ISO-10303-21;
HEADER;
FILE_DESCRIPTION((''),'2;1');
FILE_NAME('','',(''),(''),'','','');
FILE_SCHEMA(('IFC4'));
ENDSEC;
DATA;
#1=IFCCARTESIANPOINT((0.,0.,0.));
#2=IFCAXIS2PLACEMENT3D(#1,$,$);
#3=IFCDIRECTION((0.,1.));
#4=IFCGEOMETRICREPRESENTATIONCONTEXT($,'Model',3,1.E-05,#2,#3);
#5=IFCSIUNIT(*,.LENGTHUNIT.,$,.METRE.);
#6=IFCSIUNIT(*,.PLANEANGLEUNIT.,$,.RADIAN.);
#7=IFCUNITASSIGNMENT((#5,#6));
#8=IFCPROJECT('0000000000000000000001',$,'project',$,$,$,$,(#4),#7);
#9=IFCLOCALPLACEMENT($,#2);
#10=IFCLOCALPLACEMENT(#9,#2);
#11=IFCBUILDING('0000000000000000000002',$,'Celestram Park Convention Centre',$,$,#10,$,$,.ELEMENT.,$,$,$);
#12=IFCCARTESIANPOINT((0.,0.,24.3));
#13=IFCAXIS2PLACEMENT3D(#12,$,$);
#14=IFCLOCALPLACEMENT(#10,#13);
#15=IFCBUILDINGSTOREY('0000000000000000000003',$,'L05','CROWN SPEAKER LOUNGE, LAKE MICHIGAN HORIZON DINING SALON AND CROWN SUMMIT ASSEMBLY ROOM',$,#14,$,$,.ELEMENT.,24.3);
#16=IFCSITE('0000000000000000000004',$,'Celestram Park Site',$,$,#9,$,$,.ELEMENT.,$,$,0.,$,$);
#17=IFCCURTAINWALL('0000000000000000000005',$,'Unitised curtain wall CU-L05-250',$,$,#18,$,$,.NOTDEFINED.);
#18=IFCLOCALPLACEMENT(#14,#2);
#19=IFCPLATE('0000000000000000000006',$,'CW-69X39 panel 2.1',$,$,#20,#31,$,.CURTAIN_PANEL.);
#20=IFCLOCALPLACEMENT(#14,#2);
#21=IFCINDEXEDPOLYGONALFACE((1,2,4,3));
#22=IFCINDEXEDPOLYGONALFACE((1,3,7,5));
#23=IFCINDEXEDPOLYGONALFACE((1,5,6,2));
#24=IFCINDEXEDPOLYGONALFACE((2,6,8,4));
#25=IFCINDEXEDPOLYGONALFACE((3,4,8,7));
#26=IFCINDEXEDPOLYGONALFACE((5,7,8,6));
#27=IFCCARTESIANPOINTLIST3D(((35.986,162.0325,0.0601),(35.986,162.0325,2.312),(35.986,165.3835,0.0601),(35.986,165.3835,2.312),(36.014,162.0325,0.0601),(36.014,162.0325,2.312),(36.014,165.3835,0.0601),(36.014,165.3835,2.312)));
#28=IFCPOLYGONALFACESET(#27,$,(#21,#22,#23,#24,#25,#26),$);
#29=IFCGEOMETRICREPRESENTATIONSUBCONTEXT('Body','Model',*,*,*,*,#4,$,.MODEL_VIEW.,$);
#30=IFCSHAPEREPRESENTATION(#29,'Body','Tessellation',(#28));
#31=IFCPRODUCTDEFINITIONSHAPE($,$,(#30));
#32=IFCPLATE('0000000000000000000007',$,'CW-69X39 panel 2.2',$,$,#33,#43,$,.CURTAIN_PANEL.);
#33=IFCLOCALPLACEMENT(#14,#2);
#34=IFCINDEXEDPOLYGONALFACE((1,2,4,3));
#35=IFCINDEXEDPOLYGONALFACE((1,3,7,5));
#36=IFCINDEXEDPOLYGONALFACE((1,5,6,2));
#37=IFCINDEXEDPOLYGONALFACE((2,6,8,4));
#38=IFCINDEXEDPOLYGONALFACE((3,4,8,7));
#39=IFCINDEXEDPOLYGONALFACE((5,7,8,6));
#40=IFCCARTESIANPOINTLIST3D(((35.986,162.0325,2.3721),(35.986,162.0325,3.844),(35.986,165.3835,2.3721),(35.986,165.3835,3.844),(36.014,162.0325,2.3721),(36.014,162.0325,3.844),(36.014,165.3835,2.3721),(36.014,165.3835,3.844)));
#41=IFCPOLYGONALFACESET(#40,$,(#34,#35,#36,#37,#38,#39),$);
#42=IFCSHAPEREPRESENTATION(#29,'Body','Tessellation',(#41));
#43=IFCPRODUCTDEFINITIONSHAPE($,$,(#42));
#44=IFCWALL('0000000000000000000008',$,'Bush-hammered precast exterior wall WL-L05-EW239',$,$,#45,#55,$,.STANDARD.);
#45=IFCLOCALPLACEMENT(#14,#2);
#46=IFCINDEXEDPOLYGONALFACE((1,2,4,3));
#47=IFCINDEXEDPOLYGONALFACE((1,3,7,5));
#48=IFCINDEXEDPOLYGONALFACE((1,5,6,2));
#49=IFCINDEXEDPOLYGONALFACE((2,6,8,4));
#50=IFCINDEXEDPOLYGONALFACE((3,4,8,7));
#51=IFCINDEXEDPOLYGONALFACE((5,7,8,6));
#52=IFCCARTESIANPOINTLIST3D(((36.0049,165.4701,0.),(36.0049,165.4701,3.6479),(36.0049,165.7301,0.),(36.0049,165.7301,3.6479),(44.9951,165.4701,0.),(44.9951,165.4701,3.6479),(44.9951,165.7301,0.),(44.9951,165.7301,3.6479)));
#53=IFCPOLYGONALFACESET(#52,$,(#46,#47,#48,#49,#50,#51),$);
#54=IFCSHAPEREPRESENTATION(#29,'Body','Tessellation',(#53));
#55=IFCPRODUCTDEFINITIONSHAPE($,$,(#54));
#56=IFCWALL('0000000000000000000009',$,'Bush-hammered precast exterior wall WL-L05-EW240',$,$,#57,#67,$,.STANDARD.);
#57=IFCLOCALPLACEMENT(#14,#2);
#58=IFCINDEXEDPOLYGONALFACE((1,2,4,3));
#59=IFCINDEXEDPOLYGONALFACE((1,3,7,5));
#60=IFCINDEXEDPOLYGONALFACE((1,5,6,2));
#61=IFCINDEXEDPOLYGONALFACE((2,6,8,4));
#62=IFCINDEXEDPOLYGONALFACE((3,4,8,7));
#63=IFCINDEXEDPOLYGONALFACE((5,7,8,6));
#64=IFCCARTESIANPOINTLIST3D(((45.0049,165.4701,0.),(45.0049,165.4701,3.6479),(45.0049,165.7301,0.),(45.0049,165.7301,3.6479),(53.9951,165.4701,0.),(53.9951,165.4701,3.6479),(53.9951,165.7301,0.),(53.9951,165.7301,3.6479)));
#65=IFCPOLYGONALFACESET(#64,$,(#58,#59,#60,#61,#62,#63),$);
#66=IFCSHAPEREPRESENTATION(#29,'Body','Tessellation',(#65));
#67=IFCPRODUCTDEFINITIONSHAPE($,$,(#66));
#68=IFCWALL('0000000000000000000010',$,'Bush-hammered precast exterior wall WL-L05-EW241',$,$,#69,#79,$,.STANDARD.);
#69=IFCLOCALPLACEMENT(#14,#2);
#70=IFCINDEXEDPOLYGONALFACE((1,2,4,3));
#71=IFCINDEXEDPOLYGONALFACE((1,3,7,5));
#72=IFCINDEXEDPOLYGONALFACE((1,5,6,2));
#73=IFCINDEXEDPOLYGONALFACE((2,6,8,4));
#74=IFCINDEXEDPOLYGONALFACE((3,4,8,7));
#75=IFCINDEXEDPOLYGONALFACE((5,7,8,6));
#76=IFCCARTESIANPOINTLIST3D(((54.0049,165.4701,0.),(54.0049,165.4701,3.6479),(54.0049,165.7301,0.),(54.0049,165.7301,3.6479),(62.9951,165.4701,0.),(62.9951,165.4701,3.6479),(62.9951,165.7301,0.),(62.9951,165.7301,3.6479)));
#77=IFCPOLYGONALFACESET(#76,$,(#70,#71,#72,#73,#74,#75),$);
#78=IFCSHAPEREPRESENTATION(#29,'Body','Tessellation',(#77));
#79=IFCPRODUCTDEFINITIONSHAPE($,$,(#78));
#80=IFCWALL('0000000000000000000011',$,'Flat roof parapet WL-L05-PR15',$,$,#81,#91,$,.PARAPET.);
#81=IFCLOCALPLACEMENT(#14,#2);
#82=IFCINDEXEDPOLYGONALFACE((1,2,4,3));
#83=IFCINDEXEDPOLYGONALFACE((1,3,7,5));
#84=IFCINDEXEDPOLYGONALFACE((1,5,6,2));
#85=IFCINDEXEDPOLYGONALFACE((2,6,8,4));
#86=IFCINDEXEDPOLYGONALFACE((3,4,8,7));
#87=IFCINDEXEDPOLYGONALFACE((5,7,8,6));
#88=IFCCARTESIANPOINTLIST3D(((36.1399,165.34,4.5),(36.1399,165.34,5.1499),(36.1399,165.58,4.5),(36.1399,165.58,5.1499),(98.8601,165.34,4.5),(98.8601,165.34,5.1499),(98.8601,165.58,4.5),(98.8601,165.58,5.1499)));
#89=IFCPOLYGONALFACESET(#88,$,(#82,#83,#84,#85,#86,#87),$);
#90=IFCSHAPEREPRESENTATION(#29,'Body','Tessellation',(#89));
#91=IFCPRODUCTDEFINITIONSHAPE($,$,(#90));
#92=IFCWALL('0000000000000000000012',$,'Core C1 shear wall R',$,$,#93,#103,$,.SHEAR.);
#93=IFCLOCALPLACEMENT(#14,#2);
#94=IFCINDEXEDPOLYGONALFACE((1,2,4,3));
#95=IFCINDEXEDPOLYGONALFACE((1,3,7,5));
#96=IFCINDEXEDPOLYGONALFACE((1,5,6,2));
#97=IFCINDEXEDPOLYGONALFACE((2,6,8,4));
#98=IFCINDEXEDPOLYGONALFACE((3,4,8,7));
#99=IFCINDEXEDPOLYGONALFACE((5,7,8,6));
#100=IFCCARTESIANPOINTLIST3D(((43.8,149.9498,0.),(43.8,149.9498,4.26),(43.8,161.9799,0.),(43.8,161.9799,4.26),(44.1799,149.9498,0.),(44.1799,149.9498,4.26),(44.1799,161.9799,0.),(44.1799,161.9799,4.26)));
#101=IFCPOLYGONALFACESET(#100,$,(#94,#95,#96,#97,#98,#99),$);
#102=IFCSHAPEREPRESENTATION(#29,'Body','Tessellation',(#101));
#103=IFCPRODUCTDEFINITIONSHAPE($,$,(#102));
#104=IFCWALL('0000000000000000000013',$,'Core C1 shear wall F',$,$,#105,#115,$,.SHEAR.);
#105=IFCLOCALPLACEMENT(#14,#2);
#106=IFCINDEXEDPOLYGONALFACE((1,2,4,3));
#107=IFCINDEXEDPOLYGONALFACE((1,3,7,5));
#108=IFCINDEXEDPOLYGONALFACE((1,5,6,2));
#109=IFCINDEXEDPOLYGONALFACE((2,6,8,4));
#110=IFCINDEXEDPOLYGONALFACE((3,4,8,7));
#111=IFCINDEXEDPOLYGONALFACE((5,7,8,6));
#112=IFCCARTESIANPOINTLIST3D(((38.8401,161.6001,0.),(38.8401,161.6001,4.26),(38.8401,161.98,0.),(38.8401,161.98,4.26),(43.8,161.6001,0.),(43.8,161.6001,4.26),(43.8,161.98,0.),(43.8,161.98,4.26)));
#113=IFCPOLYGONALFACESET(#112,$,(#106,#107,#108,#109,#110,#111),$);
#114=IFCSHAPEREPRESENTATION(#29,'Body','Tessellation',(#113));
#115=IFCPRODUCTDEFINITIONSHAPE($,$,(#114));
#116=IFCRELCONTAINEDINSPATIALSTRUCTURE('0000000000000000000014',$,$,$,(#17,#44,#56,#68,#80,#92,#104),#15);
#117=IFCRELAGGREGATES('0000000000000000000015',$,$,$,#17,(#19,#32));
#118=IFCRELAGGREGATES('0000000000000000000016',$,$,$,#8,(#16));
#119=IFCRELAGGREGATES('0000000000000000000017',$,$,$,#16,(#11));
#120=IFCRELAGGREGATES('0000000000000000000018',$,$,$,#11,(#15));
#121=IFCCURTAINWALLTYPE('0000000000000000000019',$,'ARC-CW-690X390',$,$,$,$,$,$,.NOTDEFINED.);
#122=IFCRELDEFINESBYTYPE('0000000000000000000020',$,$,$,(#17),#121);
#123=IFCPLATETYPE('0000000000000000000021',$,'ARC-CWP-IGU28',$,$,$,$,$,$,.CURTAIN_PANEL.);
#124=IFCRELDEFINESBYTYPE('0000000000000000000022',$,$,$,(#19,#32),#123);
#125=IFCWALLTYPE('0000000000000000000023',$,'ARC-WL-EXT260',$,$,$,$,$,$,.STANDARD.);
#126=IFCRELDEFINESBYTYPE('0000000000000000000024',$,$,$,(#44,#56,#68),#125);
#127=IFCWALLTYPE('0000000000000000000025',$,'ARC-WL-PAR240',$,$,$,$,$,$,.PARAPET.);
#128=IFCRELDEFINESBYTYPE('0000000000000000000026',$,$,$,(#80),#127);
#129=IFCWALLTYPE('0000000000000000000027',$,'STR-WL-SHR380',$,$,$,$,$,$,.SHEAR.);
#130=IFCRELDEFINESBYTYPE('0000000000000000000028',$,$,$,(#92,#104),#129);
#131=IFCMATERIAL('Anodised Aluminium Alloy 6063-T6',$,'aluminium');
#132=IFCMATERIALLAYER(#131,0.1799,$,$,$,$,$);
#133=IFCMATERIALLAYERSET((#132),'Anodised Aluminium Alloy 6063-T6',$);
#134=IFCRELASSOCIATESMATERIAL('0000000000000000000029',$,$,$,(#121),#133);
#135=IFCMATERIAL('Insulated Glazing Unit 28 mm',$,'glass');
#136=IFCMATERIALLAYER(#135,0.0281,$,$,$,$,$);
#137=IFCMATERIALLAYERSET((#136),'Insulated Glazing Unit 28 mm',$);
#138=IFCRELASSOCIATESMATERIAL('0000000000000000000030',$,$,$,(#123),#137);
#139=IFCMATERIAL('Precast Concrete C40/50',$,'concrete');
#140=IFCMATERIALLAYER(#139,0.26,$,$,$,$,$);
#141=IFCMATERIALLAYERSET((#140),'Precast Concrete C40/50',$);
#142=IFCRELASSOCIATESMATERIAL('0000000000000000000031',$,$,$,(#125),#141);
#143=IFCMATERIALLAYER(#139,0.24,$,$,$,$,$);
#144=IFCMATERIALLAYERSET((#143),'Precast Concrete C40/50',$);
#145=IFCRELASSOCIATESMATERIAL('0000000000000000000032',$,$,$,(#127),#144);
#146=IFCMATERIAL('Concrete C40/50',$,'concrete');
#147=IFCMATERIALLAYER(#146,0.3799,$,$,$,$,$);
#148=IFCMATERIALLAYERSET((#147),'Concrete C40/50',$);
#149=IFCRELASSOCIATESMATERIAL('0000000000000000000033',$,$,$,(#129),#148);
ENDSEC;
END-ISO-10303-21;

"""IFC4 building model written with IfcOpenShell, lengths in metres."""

from ifc_helpers import new_model, si_unit, direction, frame, frame_2d, origin, origin_2d, place, context, subcontext, project, spatial, rectangle, extrude, material, layer, layer_set, type_object, element, aggregate, save


model = new_model("IFC4")

# Units and contexts
model_context = context("Model", 3, precision=1e-05, world=origin(), true_north=direction((0.0, 1.0)))
body_context = subcontext(model_context, "Body", "Model", "MODEL_VIEW")
ifc_project = project(units=[si_unit("LENGTHUNIT", "METRE"), si_unit("PLANEANGLEUNIT", "RADIAN")], contexts=[model_context])

# Site, building, storey
site_placement = place(None, origin())
site = spatial("IfcSite", under=ifc_project, at=site_placement, Name="Celestram Park Site", CompositionType="ELEMENT", RefElevation=0.0)
building_placement = place(site_placement, origin())
building = spatial("IfcBuilding", under=site, at=building_placement, Name="Celestram Park Convention Centre", CompositionType="ELEMENT")
storey_placement = place(building_placement, frame((0.0, 0.0, 24.3)))
storey = spatial("IfcBuildingStorey", under=building, at=storey_placement, Name="L05", Description="CROWN SPEAKER LOUNGE, LAKE MICHIGAN HORIZON DINING SALON AND CROWN SUMMIT ASSEMBLY ROOM", CompositionType="ELEMENT", Elevation=24.3)

# Curtain wall
ifc_material_1 = material(Name="Anodised Aluminium Alloy 6063-T6", Category="aluminium")
ifc_layer_1 = layer(ifc_material_1, 0.1799)
ifc_layer_set_1 = layer_set([ifc_layer_1], Name="Anodised Aluminium Alloy 6063-T6")
curtain_wall_type = type_object("IfcCurtainWallType", Name="ARC-CW-690X390", PredefinedType="NOTDEFINED", material=ifc_layer_set_1)
curtain_wall_placement = place(storey_placement, origin())
curtain_wall = element("IfcCurtainWall", 1, at=curtain_wall_placement, inside=storey, type_object=curtain_wall_type, Name="Unitised curtain wall CU-L05-250", PredefinedType="NOTDEFINED")

# Plates
ifc_material_2 = material(Name="Insulated Glazing Unit 28 mm", Category="glass")
ifc_layer_2 = layer(ifc_material_2, 0.0281)
ifc_layer_set_2 = layer_set([ifc_layer_2], Name="Insulated Glazing Unit 28 mm")
plate_type = type_object("IfcPlateType", Name="ARC-CWP-IGU28", PredefinedType="CURTAIN_PANEL", material=ifc_layer_set_2)
plate_1_placement = place(storey_placement, frame((36.0, 163.708, 0.0601), z_axis=(0.0, 0.0, 1.0), x_axis=(0.0, 1.0, 0.0)))
plate_1 = element("IfcPlate", 2, at=plate_1_placement, type_object=plate_type, Name="CW-69X39 panel 2.1", PredefinedType="CURTAIN_PANEL", context=body_context, shape_type="SweptSolid", body=[
    extrude(rectangle(XDim=3.3511, YDim=0.0281, at=origin_2d()), origin(), (0.0, 0.0, 1.0), 2.252),
])
plate_2_placement = place(storey_placement, frame((36.0, 163.708, 2.3721), z_axis=(0.0, 0.0, 1.0), x_axis=(0.0, 1.0, 0.0)))
plate_2 = element("IfcPlate", 3, at=plate_2_placement, type_object=plate_type, Name="CW-69X39 panel 2.2", PredefinedType="CURTAIN_PANEL", context=body_context, shape_type="SweptSolid", body=[
    extrude(rectangle(XDim=3.3511, YDim=0.0281, at=origin_2d()), origin(), (0.0, 0.0, 1.0), 1.4719),
])
aggregate(curtain_wall, [plate_1, plate_2])

# Walls
ifc_material_3 = material(Name="Precast Concrete C40/50", Category="concrete")
ifc_layer_3 = layer(ifc_material_3, 0.26)
ifc_layer_set_3 = layer_set([ifc_layer_3], Name="Precast Concrete C40/50")
wall_type_1 = type_object("IfcWallType", Name="ARC-WL-EXT260", PredefinedType="STANDARD", material=ifc_layer_set_3)
for number, where, z_axis, x_axis, name in (
    (4, (36.0049, 165.6001, 0.0), (0.0, 0.0, 1.0), (1.0, 0.0, 0.0), "Bush-hammered precast exterior wall WL-L05-EW239"),
    (5, (45.0049, 165.6001, 0.0), (0.0, 0.0, 1.0), (1.0, 0.0, 0.0), "Bush-hammered precast exterior wall WL-L05-EW240"),
    (6, (54.0049, 165.6001, 0.0), (0.0, 0.0, 1.0), (1.0, 0.0, 0.0), "Bush-hammered precast exterior wall WL-L05-EW241"),
):
    element("IfcWall", number, at=place(storey_placement, frame(where, z_axis=z_axis, x_axis=x_axis)), inside=storey, type_object=wall_type_1, Name=name, PredefinedType="STANDARD", context=body_context, shape_type="SweptSolid", body=[
        extrude(rectangle(XDim=8.9902, YDim=0.26, at=frame_2d((4.4951, 0.0))), origin(), (0.0, 0.0, 1.0), 3.6479),
    ])
ifc_layer_4 = layer(ifc_material_3, 0.24)
ifc_layer_set_4 = layer_set([ifc_layer_4], Name="Precast Concrete C40/50")
wall_type_2 = type_object("IfcWallType", Name="ARC-WL-PAR240", PredefinedType="PARAPET", material=ifc_layer_set_4)
wall_1_placement = place(storey_placement, frame((36.1399, 165.46, 4.5), z_axis=(0.0, 0.0, 1.0), x_axis=(1.0, 0.0, 0.0)))
element("IfcWall", 7, at=wall_1_placement, inside=storey, type_object=wall_type_2, Name="Flat roof parapet WL-L05-PR15", PredefinedType="PARAPET", context=body_context, shape_type="SweptSolid", body=[
    extrude(rectangle(XDim=62.7202, YDim=0.24, at=frame_2d((31.3601, 0.0))), origin(), (0.0, 0.0, 1.0), 0.6499),
])
ifc_material_4 = material(Name="Concrete C40/50", Category="concrete")
ifc_layer_5 = layer(ifc_material_4, 0.3799)
ifc_layer_set_5 = layer_set([ifc_layer_5], Name="Concrete C40/50")
wall_type_3 = type_object("IfcWallType", Name="STR-WL-SHR380", PredefinedType="SHEAR", material=ifc_layer_set_5)
wall_2_placement = place(storey_placement, frame((43.99, 161.98, 0.0), z_axis=(0.0, 0.0, 1.0), x_axis=(0.0, -1.0, 0.0)))
element("IfcWall", 8, at=wall_2_placement, inside=storey, type_object=wall_type_3, Name="Core C1 shear wall R", PredefinedType="SHEAR", context=body_context, shape_type="SweptSolid", body=[
    extrude(rectangle(XDim=12.03, YDim=0.3799, at=frame_2d((6.0151, 0.0))), origin(), (0.0, 0.0, 1.0), 4.26),
])
wall_3_placement = place(storey_placement, frame((38.8401, 161.79, 0.0), z_axis=(0.0, 0.0, 1.0), x_axis=(1.0, 0.0, 0.0)))
element("IfcWall", 9, at=wall_3_placement, inside=storey, type_object=wall_type_3, Name="Core C1 shear wall F", PredefinedType="SHEAR", context=body_context, shape_type="SweptSolid", body=[
    extrude(rectangle(XDim=4.96, YDim=0.3799, at=frame_2d((2.48, 0.0))), origin(), (0.0, 0.0, 1.0), 4.26),
])

save(model, "model.ifc")
